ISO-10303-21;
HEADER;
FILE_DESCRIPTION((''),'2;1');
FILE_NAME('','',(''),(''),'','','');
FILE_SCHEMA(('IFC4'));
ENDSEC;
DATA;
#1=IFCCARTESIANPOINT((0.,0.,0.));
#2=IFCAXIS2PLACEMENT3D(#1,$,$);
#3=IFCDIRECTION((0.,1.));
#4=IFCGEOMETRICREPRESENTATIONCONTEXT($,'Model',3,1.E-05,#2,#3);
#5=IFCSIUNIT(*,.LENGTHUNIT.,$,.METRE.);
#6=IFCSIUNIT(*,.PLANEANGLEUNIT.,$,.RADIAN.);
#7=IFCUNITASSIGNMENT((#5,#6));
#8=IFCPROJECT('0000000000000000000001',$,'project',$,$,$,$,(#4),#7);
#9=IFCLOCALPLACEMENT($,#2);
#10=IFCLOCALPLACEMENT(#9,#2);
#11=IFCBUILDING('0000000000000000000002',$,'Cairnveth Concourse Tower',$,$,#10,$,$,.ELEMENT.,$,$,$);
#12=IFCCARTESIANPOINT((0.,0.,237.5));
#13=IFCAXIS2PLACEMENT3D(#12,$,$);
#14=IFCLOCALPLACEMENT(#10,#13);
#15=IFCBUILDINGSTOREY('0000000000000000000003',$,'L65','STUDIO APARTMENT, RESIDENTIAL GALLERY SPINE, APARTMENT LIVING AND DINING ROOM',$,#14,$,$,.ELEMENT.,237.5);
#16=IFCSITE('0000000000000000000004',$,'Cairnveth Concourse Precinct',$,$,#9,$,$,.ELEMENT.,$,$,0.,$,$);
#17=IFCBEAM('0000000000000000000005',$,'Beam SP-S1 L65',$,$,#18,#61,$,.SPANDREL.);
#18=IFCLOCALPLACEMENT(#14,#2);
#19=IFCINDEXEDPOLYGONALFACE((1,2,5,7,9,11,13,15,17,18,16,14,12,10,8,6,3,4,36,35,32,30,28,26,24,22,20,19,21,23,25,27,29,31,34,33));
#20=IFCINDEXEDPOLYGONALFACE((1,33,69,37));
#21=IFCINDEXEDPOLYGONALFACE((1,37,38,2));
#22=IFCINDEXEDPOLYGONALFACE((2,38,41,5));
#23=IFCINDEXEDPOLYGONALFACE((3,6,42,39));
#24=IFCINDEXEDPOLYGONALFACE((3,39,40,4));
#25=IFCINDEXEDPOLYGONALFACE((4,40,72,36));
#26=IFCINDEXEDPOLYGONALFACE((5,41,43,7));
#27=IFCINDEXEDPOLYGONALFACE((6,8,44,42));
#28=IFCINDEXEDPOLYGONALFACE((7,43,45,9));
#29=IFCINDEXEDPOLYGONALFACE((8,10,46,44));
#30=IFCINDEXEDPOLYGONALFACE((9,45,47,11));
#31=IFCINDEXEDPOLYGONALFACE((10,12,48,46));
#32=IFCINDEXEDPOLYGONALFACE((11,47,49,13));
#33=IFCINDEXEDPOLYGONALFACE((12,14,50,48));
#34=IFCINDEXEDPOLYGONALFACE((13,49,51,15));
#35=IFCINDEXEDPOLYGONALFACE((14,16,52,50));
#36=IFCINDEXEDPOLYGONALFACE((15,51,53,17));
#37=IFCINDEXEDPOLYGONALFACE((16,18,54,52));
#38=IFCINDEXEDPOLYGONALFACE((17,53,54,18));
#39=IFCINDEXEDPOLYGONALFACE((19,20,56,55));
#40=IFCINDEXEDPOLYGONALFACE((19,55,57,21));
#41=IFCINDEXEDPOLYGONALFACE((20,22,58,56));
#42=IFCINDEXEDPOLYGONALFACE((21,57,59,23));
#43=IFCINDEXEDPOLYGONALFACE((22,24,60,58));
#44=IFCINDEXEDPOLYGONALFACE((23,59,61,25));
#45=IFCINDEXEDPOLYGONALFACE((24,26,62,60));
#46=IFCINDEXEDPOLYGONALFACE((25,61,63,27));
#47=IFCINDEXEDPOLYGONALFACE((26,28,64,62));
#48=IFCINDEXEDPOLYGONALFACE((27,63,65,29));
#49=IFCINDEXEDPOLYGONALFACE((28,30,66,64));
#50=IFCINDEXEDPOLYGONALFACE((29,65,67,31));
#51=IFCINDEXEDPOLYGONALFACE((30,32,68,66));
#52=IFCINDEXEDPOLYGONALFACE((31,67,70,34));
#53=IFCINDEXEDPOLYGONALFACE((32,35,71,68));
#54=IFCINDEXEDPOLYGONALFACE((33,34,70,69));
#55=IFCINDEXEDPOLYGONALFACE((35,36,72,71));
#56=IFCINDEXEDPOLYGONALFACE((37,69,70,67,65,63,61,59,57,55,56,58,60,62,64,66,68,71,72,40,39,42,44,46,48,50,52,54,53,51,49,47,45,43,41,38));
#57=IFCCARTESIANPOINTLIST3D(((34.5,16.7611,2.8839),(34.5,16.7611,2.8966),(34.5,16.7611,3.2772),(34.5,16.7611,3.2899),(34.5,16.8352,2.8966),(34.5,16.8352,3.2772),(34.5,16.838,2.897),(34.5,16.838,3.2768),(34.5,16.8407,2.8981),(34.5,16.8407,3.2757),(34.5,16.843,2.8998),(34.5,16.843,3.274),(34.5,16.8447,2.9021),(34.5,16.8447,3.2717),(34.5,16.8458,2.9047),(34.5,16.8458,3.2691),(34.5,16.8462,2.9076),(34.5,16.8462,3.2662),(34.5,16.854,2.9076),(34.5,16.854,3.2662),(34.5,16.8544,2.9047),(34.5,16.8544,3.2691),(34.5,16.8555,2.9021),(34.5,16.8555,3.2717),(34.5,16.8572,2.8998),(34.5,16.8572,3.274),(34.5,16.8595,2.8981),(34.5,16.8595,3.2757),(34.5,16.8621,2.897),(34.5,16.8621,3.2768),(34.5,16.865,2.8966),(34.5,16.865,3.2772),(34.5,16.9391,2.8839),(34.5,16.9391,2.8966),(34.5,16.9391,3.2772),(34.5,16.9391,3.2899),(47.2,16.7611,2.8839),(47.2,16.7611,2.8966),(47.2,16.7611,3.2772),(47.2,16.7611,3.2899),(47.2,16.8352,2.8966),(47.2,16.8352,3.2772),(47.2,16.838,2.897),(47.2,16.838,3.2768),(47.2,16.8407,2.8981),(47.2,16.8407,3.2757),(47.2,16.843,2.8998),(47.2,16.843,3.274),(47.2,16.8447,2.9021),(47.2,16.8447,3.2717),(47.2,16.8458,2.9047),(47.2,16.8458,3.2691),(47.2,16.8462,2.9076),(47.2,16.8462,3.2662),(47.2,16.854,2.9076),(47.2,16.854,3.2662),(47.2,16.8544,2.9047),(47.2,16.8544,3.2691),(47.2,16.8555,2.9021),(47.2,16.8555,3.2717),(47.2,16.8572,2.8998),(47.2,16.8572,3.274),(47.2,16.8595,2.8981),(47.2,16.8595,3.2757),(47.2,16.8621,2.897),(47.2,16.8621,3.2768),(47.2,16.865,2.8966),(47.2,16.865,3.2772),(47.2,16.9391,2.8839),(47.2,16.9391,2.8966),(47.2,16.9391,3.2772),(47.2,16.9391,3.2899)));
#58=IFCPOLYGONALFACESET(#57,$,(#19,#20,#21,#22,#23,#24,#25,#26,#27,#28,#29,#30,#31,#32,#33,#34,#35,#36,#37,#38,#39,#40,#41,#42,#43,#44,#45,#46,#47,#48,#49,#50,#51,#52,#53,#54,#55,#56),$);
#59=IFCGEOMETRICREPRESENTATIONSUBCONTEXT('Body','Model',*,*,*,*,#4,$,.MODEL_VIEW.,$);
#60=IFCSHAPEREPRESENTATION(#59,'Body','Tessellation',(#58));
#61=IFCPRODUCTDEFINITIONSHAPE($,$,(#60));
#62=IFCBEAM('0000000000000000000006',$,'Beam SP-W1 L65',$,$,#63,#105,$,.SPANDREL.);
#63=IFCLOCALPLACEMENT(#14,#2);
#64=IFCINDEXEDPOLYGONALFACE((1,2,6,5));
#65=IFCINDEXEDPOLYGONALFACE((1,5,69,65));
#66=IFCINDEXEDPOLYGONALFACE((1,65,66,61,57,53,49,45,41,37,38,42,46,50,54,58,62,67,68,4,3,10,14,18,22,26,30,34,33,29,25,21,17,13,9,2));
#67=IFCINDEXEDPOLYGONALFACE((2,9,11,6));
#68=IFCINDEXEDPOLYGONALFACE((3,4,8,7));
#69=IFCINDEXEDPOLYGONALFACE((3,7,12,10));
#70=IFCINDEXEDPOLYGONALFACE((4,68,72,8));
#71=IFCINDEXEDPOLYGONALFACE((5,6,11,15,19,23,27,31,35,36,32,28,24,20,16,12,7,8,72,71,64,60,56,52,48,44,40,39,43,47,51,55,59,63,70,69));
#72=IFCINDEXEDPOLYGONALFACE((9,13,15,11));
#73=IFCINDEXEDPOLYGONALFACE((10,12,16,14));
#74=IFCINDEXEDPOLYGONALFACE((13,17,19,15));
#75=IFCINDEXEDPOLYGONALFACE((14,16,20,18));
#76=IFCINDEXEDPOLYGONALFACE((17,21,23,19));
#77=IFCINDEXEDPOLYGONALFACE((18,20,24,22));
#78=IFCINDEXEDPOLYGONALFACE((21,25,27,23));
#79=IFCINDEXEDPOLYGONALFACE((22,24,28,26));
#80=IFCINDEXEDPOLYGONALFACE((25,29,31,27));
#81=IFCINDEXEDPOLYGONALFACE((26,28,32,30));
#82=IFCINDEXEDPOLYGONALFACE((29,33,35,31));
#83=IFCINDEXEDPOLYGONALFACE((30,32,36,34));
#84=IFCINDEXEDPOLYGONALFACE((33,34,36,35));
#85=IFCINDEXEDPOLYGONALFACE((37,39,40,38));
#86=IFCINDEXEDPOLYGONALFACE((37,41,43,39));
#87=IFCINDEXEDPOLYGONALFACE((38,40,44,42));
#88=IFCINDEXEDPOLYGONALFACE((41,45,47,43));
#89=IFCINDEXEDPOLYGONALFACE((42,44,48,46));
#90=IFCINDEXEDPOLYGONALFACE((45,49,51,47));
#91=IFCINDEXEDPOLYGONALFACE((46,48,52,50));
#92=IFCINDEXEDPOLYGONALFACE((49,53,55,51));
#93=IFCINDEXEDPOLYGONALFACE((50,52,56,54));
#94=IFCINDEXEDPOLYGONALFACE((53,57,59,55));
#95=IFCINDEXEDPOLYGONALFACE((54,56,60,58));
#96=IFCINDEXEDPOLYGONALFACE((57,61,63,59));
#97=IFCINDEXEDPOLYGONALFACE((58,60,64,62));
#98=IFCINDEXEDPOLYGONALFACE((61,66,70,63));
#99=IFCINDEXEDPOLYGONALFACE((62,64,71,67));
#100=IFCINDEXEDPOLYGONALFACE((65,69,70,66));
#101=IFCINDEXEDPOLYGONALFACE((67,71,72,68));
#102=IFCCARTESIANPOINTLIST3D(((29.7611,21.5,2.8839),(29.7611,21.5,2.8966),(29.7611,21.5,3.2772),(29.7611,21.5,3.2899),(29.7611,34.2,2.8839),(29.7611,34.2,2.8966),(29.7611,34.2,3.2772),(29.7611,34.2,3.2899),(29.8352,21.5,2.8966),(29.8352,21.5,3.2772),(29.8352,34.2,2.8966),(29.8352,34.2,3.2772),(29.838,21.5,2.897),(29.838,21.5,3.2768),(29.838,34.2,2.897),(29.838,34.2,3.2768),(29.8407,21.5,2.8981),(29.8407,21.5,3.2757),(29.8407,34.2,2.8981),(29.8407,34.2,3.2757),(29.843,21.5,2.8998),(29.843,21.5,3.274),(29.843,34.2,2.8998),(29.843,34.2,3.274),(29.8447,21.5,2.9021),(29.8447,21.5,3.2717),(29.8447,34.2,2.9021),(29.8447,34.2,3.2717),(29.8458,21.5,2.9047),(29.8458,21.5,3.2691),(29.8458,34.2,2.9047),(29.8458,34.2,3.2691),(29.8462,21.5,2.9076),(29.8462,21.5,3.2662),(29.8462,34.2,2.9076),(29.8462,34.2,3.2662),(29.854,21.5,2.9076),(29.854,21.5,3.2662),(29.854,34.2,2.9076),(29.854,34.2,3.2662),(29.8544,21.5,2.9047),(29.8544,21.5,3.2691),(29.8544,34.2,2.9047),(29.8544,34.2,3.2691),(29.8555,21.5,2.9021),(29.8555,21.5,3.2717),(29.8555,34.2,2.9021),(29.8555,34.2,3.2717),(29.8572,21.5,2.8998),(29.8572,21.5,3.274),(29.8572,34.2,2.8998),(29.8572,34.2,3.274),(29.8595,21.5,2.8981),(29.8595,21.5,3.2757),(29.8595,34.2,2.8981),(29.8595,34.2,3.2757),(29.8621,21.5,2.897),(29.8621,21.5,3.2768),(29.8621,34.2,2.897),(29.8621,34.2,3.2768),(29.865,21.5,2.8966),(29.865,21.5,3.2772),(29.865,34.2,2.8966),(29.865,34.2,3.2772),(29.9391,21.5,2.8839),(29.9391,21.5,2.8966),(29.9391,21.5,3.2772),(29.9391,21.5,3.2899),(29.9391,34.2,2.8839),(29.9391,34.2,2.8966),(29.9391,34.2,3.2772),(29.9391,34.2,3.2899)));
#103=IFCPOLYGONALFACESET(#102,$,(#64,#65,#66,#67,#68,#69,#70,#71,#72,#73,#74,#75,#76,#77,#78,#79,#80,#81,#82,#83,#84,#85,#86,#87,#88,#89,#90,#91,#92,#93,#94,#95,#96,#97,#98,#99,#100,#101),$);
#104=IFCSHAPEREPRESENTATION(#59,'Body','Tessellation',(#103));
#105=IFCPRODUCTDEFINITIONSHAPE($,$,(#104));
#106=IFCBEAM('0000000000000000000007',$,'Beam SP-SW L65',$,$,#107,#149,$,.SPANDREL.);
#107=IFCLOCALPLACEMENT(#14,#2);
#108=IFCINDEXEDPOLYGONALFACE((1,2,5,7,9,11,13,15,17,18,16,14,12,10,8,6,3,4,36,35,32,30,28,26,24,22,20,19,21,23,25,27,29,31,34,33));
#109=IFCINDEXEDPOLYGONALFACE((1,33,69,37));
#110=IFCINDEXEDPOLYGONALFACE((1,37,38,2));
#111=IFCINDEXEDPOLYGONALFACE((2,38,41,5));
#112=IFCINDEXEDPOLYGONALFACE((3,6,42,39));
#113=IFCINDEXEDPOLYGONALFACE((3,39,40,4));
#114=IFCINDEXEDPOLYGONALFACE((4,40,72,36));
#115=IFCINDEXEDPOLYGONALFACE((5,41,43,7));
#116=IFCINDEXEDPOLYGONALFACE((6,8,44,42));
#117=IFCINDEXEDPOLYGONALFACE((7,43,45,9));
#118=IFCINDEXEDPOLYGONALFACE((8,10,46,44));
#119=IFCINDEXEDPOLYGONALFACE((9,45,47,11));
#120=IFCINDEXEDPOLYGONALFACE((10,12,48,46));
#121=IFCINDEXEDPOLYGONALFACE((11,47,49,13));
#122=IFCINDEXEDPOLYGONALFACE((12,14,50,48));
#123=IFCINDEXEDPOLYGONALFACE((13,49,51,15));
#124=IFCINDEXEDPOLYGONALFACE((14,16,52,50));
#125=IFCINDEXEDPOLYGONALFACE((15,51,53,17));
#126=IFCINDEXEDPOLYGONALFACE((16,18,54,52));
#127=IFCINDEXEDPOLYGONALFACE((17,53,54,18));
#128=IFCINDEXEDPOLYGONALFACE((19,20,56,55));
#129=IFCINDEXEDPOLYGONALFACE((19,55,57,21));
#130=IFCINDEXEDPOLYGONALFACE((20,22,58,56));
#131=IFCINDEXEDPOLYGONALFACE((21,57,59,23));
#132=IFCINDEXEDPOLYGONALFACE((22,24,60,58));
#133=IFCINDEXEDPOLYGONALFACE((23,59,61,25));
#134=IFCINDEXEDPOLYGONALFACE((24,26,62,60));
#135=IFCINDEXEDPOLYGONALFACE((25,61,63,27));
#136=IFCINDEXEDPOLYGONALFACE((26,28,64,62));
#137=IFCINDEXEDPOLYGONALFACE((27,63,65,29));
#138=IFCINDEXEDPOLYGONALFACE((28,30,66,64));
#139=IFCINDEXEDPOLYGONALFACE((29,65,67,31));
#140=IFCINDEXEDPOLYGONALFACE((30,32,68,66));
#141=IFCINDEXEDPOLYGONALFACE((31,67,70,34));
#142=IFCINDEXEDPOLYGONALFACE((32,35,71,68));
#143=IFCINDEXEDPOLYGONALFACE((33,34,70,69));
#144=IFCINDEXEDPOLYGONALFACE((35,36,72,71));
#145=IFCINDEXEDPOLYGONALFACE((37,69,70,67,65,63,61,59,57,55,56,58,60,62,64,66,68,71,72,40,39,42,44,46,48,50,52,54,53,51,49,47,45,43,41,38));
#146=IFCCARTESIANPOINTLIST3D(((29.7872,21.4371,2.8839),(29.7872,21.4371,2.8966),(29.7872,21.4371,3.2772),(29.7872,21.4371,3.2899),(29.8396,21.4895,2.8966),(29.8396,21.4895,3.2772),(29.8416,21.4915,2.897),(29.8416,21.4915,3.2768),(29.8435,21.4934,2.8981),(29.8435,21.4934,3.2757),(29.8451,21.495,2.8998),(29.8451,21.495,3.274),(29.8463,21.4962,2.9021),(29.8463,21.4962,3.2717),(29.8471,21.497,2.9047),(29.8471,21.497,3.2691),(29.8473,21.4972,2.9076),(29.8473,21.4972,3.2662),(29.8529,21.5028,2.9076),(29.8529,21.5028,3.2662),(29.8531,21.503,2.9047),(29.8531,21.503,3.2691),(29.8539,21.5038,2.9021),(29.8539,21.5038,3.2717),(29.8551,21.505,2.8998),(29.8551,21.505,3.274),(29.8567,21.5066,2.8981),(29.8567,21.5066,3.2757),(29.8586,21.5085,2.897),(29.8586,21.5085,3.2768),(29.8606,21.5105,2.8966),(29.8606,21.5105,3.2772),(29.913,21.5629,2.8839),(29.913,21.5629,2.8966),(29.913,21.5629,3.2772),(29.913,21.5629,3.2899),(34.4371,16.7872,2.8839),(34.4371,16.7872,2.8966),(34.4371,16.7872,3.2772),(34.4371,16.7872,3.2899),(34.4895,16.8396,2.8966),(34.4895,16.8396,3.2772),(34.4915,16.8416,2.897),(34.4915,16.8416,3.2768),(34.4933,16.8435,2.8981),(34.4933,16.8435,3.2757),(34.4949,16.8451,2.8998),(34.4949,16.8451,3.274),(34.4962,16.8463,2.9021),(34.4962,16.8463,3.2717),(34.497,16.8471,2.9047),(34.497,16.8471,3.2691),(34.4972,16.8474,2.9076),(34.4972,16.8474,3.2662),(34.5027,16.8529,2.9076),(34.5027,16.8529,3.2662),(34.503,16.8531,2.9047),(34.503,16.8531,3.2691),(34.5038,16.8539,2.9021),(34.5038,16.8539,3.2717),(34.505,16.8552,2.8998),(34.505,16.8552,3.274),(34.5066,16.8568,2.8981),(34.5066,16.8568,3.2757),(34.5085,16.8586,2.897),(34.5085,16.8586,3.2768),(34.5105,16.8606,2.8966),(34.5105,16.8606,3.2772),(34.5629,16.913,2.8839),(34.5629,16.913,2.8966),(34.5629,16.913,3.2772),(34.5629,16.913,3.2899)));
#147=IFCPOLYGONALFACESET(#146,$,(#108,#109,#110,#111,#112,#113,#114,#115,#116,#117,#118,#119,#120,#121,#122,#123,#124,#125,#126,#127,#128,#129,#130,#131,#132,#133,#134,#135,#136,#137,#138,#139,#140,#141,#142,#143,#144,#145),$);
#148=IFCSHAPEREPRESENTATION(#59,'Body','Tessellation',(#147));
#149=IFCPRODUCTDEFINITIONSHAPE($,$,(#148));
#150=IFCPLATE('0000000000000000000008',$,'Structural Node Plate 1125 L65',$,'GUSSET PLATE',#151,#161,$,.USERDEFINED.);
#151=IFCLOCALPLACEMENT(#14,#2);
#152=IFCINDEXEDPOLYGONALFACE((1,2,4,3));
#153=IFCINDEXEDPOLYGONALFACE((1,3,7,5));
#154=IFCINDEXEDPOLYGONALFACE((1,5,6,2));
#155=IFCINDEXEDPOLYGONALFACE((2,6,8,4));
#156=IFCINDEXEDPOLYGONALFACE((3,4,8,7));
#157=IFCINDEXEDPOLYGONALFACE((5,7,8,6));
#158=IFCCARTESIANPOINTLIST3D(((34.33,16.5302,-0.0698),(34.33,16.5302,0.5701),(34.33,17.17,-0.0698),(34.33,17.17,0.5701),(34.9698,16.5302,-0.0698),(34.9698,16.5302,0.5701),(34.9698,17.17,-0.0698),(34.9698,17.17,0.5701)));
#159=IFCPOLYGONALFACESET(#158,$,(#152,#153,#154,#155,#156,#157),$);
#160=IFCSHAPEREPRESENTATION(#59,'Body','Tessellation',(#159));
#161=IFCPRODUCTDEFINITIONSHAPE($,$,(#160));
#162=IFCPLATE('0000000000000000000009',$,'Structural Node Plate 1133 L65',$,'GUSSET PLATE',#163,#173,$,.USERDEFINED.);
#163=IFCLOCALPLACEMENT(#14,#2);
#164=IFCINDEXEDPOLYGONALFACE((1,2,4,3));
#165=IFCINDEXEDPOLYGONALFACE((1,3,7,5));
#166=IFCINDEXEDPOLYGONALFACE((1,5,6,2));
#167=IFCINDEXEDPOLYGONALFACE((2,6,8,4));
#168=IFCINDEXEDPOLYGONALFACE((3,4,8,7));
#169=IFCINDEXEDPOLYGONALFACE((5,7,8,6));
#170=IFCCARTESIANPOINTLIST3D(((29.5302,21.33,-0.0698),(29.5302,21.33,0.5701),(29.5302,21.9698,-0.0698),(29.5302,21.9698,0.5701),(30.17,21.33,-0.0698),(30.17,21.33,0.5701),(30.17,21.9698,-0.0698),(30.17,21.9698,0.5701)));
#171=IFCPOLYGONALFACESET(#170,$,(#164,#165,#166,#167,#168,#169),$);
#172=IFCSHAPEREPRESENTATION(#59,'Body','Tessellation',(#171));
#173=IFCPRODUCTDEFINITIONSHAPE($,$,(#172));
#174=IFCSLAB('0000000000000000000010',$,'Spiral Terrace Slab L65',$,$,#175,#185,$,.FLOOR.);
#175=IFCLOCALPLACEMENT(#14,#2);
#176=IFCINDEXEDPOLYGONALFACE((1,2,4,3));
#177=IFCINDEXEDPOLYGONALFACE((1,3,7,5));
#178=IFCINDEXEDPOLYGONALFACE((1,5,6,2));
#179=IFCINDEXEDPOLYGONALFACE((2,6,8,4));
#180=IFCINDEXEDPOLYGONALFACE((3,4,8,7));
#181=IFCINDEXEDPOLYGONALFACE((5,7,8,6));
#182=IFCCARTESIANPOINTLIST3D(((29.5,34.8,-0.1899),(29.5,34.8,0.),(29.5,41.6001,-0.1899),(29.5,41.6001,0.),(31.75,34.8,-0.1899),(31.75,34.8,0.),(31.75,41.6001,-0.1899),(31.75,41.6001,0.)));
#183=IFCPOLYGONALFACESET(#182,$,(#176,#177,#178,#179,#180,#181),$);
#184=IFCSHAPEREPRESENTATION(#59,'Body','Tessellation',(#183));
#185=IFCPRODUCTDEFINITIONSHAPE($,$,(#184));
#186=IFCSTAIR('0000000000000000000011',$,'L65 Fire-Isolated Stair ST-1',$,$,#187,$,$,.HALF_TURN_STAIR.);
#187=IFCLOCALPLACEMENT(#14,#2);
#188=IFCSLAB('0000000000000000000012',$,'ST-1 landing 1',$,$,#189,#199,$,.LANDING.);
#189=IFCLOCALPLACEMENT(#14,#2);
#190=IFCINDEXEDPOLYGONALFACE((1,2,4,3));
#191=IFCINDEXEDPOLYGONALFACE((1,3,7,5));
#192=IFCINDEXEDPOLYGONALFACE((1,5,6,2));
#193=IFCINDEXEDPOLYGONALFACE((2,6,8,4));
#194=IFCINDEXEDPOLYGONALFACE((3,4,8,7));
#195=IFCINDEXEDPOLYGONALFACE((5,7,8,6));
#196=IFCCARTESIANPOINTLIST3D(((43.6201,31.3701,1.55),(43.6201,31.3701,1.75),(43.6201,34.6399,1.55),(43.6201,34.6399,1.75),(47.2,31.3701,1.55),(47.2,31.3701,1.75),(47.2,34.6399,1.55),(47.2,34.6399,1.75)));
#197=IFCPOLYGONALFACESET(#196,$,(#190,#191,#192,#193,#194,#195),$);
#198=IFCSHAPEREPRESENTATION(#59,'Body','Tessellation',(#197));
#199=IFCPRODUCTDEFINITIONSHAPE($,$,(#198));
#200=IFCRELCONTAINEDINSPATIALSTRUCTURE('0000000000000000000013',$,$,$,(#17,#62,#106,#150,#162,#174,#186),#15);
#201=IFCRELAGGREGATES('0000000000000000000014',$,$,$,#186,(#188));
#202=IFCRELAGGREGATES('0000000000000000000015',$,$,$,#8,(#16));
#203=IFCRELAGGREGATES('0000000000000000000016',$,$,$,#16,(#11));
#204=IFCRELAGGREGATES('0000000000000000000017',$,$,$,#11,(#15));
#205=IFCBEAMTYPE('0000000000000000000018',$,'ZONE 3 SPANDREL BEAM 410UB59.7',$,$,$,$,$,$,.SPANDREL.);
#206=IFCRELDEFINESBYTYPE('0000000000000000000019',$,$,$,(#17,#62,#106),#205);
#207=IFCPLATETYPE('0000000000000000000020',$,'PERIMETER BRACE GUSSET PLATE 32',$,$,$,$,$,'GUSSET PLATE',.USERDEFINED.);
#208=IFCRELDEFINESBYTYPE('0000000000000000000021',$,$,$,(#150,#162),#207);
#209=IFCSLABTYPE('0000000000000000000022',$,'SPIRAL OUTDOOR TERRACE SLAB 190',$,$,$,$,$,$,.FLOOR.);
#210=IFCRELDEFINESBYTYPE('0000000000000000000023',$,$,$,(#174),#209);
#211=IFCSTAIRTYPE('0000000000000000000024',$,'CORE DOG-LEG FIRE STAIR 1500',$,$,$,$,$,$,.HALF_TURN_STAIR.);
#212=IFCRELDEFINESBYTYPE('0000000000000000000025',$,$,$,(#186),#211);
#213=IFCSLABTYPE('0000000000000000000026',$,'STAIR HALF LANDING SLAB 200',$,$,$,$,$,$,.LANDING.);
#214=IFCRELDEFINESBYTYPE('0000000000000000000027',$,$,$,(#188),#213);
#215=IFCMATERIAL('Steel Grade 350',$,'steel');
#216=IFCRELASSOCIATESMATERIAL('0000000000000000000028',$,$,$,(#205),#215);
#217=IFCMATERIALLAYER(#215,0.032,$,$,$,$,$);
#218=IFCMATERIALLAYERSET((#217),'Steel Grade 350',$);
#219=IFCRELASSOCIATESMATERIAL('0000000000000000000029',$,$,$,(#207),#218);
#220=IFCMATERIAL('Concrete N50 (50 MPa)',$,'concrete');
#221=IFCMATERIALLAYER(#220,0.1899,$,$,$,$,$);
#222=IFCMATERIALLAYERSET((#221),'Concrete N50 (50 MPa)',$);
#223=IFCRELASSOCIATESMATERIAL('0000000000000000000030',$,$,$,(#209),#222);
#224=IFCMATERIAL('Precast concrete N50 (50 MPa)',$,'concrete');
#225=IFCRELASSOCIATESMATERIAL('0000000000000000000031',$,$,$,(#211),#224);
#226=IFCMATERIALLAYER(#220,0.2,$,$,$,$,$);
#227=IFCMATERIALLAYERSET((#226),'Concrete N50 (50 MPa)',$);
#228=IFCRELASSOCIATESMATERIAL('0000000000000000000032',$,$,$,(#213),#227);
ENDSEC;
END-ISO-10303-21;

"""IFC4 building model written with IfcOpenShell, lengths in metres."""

from ifc_helpers import new_model, si_unit, direction, frame, origin, origin_2d, place, context, subcontext, project, spatial, polyline, rectangle, i_section, outline, extrude, material, layer, layer_set, material_profile, profile_set, type_object, element, aggregate, save


model = new_model("IFC4")

# Units and contexts
model_context = context("Model", 3, precision=1e-05, world=origin(), true_north=direction((0.0, 1.0)))
body_context = subcontext(model_context, "Body", "Model", "MODEL_VIEW")
ifc_project = project(units=[si_unit("LENGTHUNIT", "METRE"), si_unit("PLANEANGLEUNIT", "RADIAN")], contexts=[model_context])

# Site, building, storey
site_placement = place(None, origin())
site = spatial("IfcSite", under=ifc_project, at=site_placement, Name="Cairnveth Concourse Precinct", CompositionType="ELEMENT", RefElevation=0.0)
building_placement = place(site_placement, origin())
building = spatial("IfcBuilding", under=site, at=building_placement, Name="Cairnveth Concourse Tower", CompositionType="ELEMENT")
storey_placement = place(building_placement, frame((0.0, 0.0, 237.5)))
storey = spatial("IfcBuildingStorey", under=building, at=storey_placement, Name="L65", Description="STUDIO APARTMENT, RESIDENTIAL GALLERY SPINE, APARTMENT LIVING AND DINING ROOM", CompositionType="ELEMENT", Elevation=237.5)

# Shared definitions
ifc_material_1 = material(Name="Steel Grade 350", Category="steel")

# Beams
ifc_material_profile_1 = material_profile(ifc_material_1, i_section(OverallWidth=0.178, OverallDepth=0.406, WebThickness=0.0078, FlangeThickness=0.0127, FilletRadius=0.011, at=origin_2d()), Name="410UB59.7")
ifc_profile_set_1 = profile_set([ifc_material_profile_1], Name="Steel Grade 350")
beam_type_1 = type_object("IfcBeamType", Name="ZONE 3 SPANDREL BEAM 410UB59.7", PredefinedType="SPANDREL", material=ifc_profile_set_1)
for number, where, z_axis, x_axis, name in (
    (1, (34.5, 16.8501, 3.0869), (1.0, 0.0, 0.0), (0.0, 1.0, 0.0), "Beam SP-S1 L65"),
    (2, (29.8501, 21.5, 3.0869), (0.0, 1.0, 0.0), (-1.0, 0.0, 0.0), "Beam SP-W1 L65"),
):
    element("IfcBeam", number, at=place(storey_placement, frame(where, z_axis=z_axis, x_axis=x_axis)), inside=storey, type_object=beam_type_1, Name=name, PredefinedType="SPANDREL", context=body_context, shape_type="SweptSolid", body=[
        extrude(i_section(OverallWidth=0.178, OverallDepth=0.406, WebThickness=0.0078, FlangeThickness=0.0127, FilletRadius=0.011, at=origin_2d()), origin(), (0.0, 0.0, 1.0), 12.7),
    ])
beam_1_placement = place(storey_placement, frame((29.8501, 21.5, 3.0869), z_axis=(0.707107, -0.707107, 0.0), x_axis=(0.707107, 0.707107, 0.0)))
element("IfcBeam", 3, at=beam_1_placement, inside=storey, type_object=beam_type_1, Name="Beam SP-SW L65", PredefinedType="SPANDREL", context=body_context, shape_type="SweptSolid", body=[
    extrude(i_section(OverallWidth=0.178, OverallDepth=0.406, WebThickness=0.0078, FlangeThickness=0.0127, FilletRadius=0.011, at=origin_2d()), origin(), (0.0, 0.0, 1.0), 6.5759),
])

# Plates
ifc_layer_1 = layer(ifc_material_1, 0.032)
ifc_layer_set_1 = layer_set([ifc_layer_1], Name="Steel Grade 350")
plate_type = type_object("IfcPlateType", Name="PERIMETER BRACE GUSSET PLATE 32", ElementType="GUSSET PLATE", PredefinedType="USERDEFINED", material=ifc_layer_set_1)
for number, where, z_axis, x_axis, name in (
    (4, (34.6499, 16.8501, -0.0698), (0.0, 0.0, 1.0), (1.0, 0.0, 0.0), "Structural Node Plate 1125 L65"),
    (5, (29.8501, 21.6499, -0.0698), (0.0, 0.0, 1.0), (1.0, 0.0, 0.0), "Structural Node Plate 1133 L65"),
):
    element("IfcPlate", number, at=place(storey_placement, frame(where, z_axis=z_axis, x_axis=x_axis)), inside=storey, type_object=plate_type, Name=name, ObjectType="GUSSET PLATE", PredefinedType="USERDEFINED", context=body_context, shape_type="SweptSolid", body=[
        extrude(rectangle(XDim=0.6399, YDim=0.6399, at=origin_2d()), origin(), (0.0, 0.0, 1.0), 0.6399),
    ])

# Slab
ifc_material_2 = material(Name="Concrete N50 (50 MPa)", Category="concrete")
ifc_layer_2 = layer(ifc_material_2, 0.1899)
ifc_layer_set_2 = layer_set([ifc_layer_2], Name="Concrete N50 (50 MPa)")
slab_type_1 = type_object("IfcSlabType", Name="SPIRAL OUTDOOR TERRACE SLAB 190", PredefinedType="FLOOR", material=ifc_layer_set_2)
slab_1_placement = place(storey_placement, frame((0.0, 0.0, -0.1899)))
element("IfcSlab", 6, at=slab_1_placement, inside=storey, type_object=slab_type_1, Name="Spiral Terrace Slab L65", PredefinedType="FLOOR", context=body_context, shape_type="SweptSolid", body=[
    extrude(outline(polyline([(29.5, 34.8), (31.75, 34.8), (31.75, 41.6001), (29.5, 41.6001), (29.5, 34.8)])), origin(), (0.0, 0.0, 1.0), 0.1899),
])

# Stair, slab
ifc_material_3 = material(Name="Precast concrete N50 (50 MPa)", Category="concrete")
stair_type = type_object("IfcStairType", Name="CORE DOG-LEG FIRE STAIR 1500", PredefinedType="HALF_TURN_STAIR", material=ifc_material_3)
stair_1_placement = place(storey_placement, origin())
stair_1 = element("IfcStair", 7, at=stair_1_placement, inside=storey, type_object=stair_type, Name="L65 Fire-Isolated Stair ST-1", PredefinedType="HALF_TURN_STAIR")
ifc_layer_3 = layer(ifc_material_2, 0.2)
ifc_layer_set_3 = layer_set([ifc_layer_3], Name="Concrete N50 (50 MPa)")
slab_type_2 = type_object("IfcSlabType", Name="STAIR HALF LANDING SLAB 200", PredefinedType="LANDING", material=ifc_layer_set_3)
slab_2_placement = place(storey_placement, frame((0.0, 0.0, 1.55)))
slab_2 = element("IfcSlab", 8, at=slab_2_placement, type_object=slab_type_2, Name="ST-1 landing 1", PredefinedType="LANDING", context=body_context, shape_type="SweptSolid", body=[
    extrude(outline(polyline([(43.6201, 34.6399), (43.6201, 31.3701), (47.2, 31.3701), (47.2, 34.6399), (43.6201, 34.6399)])), origin(), (0.0, 0.0, 1.0), 0.2),
])
aggregate(stair_1, [slab_2])

save(model, "model.ifc")
